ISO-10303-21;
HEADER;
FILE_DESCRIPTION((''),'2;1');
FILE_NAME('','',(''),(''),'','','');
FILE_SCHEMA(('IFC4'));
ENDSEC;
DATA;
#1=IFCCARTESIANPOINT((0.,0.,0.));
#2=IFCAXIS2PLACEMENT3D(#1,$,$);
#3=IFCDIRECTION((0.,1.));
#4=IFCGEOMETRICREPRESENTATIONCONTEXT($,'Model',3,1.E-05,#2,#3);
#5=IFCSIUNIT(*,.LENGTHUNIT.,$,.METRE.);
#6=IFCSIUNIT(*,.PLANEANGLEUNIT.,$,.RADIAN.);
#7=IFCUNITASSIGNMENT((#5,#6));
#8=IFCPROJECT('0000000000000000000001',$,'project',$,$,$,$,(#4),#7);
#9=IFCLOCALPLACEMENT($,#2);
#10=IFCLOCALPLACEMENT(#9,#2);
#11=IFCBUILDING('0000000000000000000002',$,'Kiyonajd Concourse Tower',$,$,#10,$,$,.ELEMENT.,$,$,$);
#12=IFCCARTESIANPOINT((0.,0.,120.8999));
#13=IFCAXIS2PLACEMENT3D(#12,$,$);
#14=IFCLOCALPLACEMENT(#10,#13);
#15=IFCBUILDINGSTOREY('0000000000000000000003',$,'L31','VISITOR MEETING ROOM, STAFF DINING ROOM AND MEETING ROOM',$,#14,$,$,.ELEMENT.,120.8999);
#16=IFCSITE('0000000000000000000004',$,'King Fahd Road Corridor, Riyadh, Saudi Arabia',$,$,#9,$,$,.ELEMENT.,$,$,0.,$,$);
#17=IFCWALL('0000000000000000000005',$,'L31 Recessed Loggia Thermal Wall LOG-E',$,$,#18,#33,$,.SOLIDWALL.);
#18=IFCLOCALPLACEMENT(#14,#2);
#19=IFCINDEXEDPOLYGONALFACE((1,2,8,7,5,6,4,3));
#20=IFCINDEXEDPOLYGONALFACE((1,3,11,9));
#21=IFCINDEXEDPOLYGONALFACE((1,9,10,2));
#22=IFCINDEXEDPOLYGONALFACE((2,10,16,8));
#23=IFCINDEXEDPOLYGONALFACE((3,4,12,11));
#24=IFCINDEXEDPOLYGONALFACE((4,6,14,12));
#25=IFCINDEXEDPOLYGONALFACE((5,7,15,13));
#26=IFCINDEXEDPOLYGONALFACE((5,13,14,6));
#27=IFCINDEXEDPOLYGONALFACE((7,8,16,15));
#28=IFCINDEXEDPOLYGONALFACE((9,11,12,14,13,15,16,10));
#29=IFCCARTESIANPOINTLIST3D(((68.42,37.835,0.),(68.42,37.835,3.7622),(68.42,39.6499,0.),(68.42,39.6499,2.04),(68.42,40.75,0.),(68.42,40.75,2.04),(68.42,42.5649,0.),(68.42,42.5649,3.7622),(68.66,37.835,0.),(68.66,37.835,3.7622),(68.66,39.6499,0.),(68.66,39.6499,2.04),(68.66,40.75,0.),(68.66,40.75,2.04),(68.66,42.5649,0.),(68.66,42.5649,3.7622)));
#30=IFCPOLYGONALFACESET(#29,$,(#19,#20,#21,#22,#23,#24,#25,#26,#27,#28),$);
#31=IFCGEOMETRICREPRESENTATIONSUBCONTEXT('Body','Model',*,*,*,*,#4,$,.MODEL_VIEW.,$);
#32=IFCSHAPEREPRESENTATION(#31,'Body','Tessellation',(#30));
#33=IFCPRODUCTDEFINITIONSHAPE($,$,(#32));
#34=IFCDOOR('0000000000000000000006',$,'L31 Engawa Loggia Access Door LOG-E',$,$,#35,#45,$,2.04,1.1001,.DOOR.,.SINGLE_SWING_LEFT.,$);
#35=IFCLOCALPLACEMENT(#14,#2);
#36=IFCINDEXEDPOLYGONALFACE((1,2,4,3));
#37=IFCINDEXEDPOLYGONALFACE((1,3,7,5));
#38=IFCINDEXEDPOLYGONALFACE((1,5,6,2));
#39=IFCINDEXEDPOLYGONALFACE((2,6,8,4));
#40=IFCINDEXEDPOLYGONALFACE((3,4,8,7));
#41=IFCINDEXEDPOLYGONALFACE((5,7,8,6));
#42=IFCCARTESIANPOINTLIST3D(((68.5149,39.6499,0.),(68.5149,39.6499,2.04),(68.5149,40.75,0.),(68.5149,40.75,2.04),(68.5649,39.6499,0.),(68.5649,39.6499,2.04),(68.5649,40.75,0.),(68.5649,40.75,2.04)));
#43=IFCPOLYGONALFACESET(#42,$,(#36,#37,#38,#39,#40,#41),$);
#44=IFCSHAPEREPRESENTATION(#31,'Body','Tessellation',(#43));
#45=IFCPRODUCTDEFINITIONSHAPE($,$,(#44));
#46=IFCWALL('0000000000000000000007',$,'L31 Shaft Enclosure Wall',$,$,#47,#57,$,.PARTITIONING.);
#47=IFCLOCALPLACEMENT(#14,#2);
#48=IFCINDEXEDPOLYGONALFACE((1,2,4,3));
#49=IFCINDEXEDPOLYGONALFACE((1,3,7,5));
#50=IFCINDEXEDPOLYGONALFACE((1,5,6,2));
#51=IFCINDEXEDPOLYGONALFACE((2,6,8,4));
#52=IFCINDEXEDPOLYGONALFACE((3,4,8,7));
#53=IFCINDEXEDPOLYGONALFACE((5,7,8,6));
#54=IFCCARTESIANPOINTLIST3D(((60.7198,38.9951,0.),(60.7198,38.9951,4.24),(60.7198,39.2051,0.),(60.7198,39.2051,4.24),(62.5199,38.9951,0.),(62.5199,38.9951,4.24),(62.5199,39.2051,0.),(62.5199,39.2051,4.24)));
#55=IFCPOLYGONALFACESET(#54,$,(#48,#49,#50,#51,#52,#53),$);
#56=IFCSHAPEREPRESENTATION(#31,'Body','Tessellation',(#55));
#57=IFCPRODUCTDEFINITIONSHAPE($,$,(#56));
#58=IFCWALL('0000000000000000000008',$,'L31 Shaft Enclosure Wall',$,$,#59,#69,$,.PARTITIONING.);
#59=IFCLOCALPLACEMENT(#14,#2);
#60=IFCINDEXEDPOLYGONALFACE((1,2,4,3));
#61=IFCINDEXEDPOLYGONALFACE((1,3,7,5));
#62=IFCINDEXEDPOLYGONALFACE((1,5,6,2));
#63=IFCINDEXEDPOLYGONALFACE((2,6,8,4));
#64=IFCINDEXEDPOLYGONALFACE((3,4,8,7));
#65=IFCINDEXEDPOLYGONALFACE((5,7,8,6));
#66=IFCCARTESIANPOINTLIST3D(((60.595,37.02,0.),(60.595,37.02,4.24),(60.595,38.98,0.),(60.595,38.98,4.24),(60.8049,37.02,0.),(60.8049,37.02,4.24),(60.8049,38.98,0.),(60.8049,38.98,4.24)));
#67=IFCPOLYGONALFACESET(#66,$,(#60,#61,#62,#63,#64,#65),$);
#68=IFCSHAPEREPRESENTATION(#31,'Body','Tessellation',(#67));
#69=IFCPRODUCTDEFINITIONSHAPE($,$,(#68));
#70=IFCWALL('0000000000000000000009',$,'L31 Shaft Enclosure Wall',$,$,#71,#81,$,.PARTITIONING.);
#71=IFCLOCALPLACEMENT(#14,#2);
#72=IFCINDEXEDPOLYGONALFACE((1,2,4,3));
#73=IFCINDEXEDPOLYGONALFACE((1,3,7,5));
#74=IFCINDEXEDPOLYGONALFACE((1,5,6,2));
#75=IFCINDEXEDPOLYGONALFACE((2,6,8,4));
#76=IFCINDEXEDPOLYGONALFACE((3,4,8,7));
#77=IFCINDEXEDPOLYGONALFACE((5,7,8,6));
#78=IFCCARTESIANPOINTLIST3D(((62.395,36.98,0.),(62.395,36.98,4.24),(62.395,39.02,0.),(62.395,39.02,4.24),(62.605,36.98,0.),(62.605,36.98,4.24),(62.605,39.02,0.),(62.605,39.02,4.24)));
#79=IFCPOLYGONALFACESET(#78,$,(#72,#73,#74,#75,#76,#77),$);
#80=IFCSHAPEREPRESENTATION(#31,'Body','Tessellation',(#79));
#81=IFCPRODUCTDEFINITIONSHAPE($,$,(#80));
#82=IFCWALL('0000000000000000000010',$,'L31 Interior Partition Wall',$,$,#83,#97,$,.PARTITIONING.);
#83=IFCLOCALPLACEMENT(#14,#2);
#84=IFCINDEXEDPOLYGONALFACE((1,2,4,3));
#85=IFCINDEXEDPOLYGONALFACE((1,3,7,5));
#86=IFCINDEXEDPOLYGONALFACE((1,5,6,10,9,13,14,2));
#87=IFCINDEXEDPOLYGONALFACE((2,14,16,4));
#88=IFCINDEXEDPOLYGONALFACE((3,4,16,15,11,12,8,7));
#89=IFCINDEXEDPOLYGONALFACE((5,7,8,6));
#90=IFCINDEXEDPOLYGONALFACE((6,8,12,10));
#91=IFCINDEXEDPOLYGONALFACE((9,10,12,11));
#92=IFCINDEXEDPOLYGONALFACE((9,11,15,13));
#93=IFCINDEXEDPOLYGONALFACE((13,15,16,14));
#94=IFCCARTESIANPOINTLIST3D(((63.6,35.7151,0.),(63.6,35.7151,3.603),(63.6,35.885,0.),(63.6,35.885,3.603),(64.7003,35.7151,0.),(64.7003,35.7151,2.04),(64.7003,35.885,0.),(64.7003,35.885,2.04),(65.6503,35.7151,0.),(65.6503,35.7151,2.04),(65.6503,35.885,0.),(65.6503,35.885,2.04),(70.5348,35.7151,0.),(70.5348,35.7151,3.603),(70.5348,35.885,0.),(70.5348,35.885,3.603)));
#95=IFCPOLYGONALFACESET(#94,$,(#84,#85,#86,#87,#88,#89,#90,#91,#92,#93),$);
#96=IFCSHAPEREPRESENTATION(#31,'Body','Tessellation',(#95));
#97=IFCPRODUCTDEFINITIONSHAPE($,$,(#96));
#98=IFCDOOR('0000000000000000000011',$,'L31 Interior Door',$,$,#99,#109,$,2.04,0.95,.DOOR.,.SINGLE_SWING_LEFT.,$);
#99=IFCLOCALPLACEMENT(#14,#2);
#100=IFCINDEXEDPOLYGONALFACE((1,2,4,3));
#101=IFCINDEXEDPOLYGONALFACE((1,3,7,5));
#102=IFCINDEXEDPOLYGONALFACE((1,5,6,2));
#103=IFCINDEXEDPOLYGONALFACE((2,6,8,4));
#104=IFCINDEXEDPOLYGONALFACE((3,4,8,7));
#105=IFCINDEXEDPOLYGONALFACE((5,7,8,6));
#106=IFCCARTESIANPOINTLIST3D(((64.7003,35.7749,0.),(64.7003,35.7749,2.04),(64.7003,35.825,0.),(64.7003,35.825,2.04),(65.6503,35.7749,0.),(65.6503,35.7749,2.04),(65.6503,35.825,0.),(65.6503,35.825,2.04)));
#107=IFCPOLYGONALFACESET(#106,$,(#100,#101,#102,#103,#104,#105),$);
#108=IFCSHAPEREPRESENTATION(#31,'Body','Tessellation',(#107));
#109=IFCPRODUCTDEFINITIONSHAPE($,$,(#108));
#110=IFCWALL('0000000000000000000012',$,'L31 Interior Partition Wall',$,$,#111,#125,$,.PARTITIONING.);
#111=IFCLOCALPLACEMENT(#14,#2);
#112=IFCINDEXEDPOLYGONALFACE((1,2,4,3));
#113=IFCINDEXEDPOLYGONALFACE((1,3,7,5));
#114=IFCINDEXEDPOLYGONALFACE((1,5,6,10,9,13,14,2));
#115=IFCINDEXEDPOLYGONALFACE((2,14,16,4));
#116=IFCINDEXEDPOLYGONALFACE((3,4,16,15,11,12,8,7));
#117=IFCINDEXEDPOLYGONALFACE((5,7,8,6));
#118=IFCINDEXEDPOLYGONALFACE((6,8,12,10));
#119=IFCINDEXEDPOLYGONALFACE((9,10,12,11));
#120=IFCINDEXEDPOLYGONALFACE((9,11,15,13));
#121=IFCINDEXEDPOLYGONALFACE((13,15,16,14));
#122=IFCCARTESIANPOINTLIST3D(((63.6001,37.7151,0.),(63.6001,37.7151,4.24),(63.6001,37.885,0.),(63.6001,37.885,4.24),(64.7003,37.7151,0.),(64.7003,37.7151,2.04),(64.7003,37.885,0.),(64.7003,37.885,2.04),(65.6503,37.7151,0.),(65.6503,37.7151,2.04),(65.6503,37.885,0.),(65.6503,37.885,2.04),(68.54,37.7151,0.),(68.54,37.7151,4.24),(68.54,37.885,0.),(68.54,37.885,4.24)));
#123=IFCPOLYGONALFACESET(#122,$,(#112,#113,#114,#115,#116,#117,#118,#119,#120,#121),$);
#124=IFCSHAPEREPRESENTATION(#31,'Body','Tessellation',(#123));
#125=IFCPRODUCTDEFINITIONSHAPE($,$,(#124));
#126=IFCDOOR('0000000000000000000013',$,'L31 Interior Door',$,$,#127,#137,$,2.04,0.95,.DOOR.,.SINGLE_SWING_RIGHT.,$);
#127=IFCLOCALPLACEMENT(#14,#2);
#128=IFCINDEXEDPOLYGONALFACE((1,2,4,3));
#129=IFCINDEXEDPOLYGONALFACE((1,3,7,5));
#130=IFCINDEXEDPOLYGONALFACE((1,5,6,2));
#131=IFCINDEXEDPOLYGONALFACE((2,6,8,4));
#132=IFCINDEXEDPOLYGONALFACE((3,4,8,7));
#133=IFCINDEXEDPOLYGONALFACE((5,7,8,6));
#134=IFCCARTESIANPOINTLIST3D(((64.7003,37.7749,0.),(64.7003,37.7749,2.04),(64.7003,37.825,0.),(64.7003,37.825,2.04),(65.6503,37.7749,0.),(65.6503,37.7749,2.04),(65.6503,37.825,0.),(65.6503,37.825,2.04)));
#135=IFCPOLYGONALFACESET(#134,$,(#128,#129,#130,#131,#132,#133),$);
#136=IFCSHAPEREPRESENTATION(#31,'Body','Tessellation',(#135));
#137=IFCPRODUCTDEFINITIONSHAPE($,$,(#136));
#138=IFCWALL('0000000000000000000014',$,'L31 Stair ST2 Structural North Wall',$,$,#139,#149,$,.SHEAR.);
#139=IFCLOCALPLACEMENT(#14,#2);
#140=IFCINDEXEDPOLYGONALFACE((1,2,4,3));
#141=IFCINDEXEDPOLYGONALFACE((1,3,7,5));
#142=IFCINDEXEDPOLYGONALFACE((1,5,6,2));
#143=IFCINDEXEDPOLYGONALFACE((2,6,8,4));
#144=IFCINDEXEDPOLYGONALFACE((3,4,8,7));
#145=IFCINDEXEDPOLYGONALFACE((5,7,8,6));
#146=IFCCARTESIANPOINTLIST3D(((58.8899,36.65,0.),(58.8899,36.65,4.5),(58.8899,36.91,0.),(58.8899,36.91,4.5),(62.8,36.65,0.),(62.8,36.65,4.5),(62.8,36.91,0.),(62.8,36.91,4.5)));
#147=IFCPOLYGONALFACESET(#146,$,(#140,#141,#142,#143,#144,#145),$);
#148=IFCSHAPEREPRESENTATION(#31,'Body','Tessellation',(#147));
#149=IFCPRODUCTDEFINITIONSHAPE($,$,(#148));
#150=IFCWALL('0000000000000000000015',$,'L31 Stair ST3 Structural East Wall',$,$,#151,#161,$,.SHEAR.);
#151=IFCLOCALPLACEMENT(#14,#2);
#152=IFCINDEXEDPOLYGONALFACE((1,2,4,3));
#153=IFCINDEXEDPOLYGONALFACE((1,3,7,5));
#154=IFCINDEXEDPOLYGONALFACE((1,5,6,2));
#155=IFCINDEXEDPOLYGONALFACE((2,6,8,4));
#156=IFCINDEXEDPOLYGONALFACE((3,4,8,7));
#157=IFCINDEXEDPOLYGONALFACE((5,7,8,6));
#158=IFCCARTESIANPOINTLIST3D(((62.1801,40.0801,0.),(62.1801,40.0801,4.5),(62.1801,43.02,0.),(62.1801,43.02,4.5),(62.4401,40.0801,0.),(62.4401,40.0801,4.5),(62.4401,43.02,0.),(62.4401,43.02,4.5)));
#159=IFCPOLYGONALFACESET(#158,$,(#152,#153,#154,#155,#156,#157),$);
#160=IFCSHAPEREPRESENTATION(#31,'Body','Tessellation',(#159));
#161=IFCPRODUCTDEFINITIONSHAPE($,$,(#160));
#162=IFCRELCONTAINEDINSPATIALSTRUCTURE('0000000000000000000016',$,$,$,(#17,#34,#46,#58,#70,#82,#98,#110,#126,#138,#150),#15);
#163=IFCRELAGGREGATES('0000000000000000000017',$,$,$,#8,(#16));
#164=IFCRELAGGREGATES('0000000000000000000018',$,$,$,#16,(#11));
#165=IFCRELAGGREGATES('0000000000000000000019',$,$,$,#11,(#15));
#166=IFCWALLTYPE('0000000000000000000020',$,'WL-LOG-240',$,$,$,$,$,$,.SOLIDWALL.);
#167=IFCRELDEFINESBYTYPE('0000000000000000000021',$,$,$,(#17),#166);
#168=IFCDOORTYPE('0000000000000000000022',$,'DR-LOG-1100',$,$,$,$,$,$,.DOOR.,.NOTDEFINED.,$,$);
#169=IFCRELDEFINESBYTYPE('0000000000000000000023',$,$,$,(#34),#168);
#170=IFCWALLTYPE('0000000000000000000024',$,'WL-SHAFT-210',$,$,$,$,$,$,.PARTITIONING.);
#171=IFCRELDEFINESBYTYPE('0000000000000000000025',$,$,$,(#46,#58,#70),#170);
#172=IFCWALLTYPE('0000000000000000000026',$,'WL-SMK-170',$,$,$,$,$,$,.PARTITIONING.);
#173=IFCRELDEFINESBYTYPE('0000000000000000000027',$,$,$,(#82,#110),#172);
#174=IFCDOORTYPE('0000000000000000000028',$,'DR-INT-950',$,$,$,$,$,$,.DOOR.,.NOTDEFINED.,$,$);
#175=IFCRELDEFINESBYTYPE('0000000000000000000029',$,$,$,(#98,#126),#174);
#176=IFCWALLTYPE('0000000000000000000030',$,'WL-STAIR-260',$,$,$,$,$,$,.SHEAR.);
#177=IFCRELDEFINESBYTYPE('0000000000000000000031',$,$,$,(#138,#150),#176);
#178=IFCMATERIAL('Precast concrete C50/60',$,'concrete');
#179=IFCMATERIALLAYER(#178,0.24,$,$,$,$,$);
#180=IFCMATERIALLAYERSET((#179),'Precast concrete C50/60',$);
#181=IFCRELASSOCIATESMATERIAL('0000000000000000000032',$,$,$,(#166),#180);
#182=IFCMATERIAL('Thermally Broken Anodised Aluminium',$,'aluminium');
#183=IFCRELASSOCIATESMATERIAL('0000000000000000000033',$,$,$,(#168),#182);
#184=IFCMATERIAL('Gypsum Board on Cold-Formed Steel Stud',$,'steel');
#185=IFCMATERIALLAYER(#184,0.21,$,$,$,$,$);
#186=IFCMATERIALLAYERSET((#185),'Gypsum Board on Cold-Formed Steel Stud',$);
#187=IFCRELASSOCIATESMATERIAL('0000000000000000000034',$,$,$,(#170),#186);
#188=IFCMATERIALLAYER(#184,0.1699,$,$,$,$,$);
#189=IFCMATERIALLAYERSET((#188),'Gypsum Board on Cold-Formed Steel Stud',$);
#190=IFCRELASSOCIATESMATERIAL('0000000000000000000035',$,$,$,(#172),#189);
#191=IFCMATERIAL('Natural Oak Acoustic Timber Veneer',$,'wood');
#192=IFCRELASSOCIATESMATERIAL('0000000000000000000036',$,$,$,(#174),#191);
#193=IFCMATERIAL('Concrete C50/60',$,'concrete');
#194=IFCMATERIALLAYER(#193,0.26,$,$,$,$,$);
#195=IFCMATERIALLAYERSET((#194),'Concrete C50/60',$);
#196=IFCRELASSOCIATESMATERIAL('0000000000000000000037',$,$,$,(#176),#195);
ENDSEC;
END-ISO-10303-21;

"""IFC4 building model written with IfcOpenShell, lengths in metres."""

from ifc_helpers import new_model, si_unit, direction, frame, frame_2d, origin, place, context, subcontext, project, spatial, rectangle, extrude, material, layer, layer_set, type_object, element, fill, save


model = new_model("IFC4")

# Units and contexts
model_context = context("Model", 3, precision=1e-05, world=origin(), true_north=direction((0.0, 1.0)))
body_context = subcontext(model_context, "Body", "Model", "MODEL_VIEW")
ifc_project = project(units=[si_unit("LENGTHUNIT", "METRE"), si_unit("PLANEANGLEUNIT", "RADIAN")], contexts=[model_context])

# Site, building, storey
site_placement = place(None, origin())
site = spatial("IfcSite", under=ifc_project, at=site_placement, Name="King Fahd Road Corridor, Riyadh, Saudi Arabia", CompositionType="ELEMENT", RefElevation=0.0)
building_placement = place(site_placement, origin())
building = spatial("IfcBuilding", under=site, at=building_placement, Name="Kiyonajd Concourse Tower", CompositionType="ELEMENT")
storey_placement = place(building_placement, frame((0.0, 0.0, 120.8999)))
storey = spatial("IfcBuildingStorey", under=building, at=storey_placement, Name="L31", Description="VISITOR MEETING ROOM, STAFF DINING ROOM AND MEETING ROOM", CompositionType="ELEMENT", Elevation=120.8999)

# Shared definitions
ifc_material_1 = material(Name="Precast concrete C50/60", Category="concrete")

# Shared definitions
ifc_material_2 = material(Name="Thermally Broken Anodised Aluminium", Category="aluminium")

# Wall, opening, door
ifc_layer_1 = layer(ifc_material_1, 0.24)
ifc_layer_set_1 = layer_set([ifc_layer_1], Name="Precast concrete C50/60")
wall_type_1 = type_object("IfcWallType", Name="WL-LOG-240", PredefinedType="SOLIDWALL", material=ifc_layer_set_1)
wall_1_placement = place(storey_placement, frame((68.54, 42.5649, 0.0), z_axis=(0.0, 0.0, 1.0), x_axis=(0.0, -1.0, 0.0)))
wall_1 = element("IfcWall", 1, at=wall_1_placement, inside=storey, type_object=wall_type_1, Name="L31 Recessed Loggia Thermal Wall LOG-E", PredefinedType="SOLIDWALL", context=body_context, shape_type="SweptSolid", body=[
    extrude(rectangle(XDim=4.73, YDim=0.24, at=frame_2d((2.365, 0.0))), origin(), (0.0, 0.0, 1.0), 3.7622),
])
opening_1_placement = place(wall_1_placement, frame((1.8149, 0.0, 0.0)))
opening_1 = element("IfcOpeningElement", 2, at=opening_1_placement, cuts=wall_1, PredefinedType="OPENING", context=body_context, shape_type="SweptSolid", body=[
    extrude(rectangle(XDim=1.1001, YDim=2.04, at=frame_2d((0.55, 1.02))), frame((0.0, 0.1299, 0.0), z_axis=(0.0, -1.0, 0.0), x_axis=(1.0, 0.0, 0.0)), (0.0, 0.0, 1.0), 0.26),
])
door_type_1 = type_object("IfcDoorType", Name="DR-LOG-1100", OperationType="NOTDEFINED", PredefinedType="DOOR", material=ifc_material_2)
door_1_placement = place(opening_1_placement, origin())
door_1 = element("IfcDoor", 3, at=door_1_placement, inside=storey, type_object=door_type_1, Name="L31 Engawa Loggia Access Door LOG-E", OperationType="SINGLE_SWING_LEFT", OverallHeight=2.04, OverallWidth=1.1001, PredefinedType="DOOR", context=body_context, shape_type="SweptSolid", body=[
    extrude(rectangle(XDim=1.1001, YDim=2.04, at=frame_2d((0.55, 1.02))), frame((0.0, 0.0249, 0.0), z_axis=(0.0, -1.0, 0.0), x_axis=(1.0, 0.0, 0.0)), (0.0, 0.0, 1.0), 0.05),
])
fill(opening_1, door_1)

# Walls
ifc_material_3 = material(Name="Gypsum Board on Cold-Formed Steel Stud", Category="steel")
ifc_layer_2 = layer(ifc_material_3, 0.21)
ifc_layer_set_2 = layer_set([ifc_layer_2], Name="Gypsum Board on Cold-Formed Steel Stud")
wall_type_2 = type_object("IfcWallType", Name="WL-SHAFT-210", PredefinedType="PARTITIONING", material=ifc_layer_set_2)
wall_2_placement = place(storey_placement, frame((60.72, 39.1001, 0.0), z_axis=(0.0, 0.0, 1.0), x_axis=(1.0, 0.0, 0.0)))
element("IfcWall", 4, at=wall_2_placement, inside=storey, type_object=wall_type_2, Name="L31 Shaft Enclosure Wall", PredefinedType="PARTITIONING", context=body_context, shape_type="SweptSolid", body=[
    extrude(rectangle(XDim=1.8, YDim=0.21, at=frame_2d((0.8999, 0.0))), origin(), (0.0, 0.0, 1.0), 4.24),
])
wall_3_placement = place(storey_placement, frame((60.7, 37.02, 0.0), z_axis=(0.0, 0.0, 1.0), x_axis=(0.0, 1.0, 0.0)))
element("IfcWall", 5, at=wall_3_placement, inside=storey, type_object=wall_type_2, Name="L31 Shaft Enclosure Wall", PredefinedType="PARTITIONING", context=body_context, shape_type="SweptSolid", body=[
    extrude(rectangle(XDim=1.96, YDim=0.21, at=frame_2d((0.98, 0.0))), origin(), (0.0, 0.0, 1.0), 4.24),
])
wall_4_placement = place(storey_placement, frame((62.5, 36.98, 0.0), z_axis=(0.0, 0.0, 1.0), x_axis=(0.0, 1.0, 0.0)))
element("IfcWall", 6, at=wall_4_placement, inside=storey, type_object=wall_type_2, Name="L31 Shaft Enclosure Wall", PredefinedType="PARTITIONING", context=body_context, shape_type="SweptSolid", body=[
    extrude(rectangle(XDim=2.04, YDim=0.21, at=frame_2d((1.02, 0.0))), origin(), (0.0, 0.0, 1.0), 4.24),
])

# Walls, openings, doors
ifc_layer_3 = layer(ifc_material_3, 0.1699)
ifc_layer_set_3 = layer_set([ifc_layer_3], Name="Gypsum Board on Cold-Formed Steel Stud")
wall_type_3 = type_object("IfcWallType", Name="WL-SMK-170", PredefinedType="PARTITIONING", material=ifc_layer_set_3)
wall_5_placement = place(storey_placement, frame((63.6001, 35.8, 0.0), z_axis=(0.0, 0.0, 1.0), x_axis=(1.0, 0.0, 0.0)))
wall_5 = element("IfcWall", 7, at=wall_5_placement, inside=storey, type_object=wall_type_3, Name="L31 Interior Partition Wall", PredefinedType="PARTITIONING", context=body_context, shape_type="SweptSolid", body=[
    extrude(rectangle(XDim=6.9348, YDim=0.1699, at=frame_2d((3.4673, 0.0))), origin(), (0.0, 0.0, 1.0), 3.603),
])
opening_2_placement = place(wall_5_placement, frame((1.1001, 0.0, 0.0)))
opening_2 = element("IfcOpeningElement", 8, at=opening_2_placement, cuts=wall_5, PredefinedType="OPENING", context=body_context, shape_type="SweptSolid", body=[
    extrude(rectangle(XDim=0.95, YDim=2.04, at=frame_2d((0.4751, 1.02))), frame((0.0, 0.095, 0.0), z_axis=(0.0, -1.0, 0.0), x_axis=(1.0, 0.0, 0.0)), (0.0, 0.0, 1.0), 0.1899),
])
ifc_material_4 = material(Name="Natural Oak Acoustic Timber Veneer", Category="wood")
door_type_2 = type_object("IfcDoorType", Name="DR-INT-950", OperationType="NOTDEFINED", PredefinedType="DOOR", material=ifc_material_4)
door_2_placement = place(opening_2_placement, origin())
door_2 = element("IfcDoor", 9, at=door_2_placement, inside=storey, type_object=door_type_2, Name="L31 Interior Door", OperationType="SINGLE_SWING_LEFT", OverallHeight=2.04, OverallWidth=0.95, PredefinedType="DOOR", context=body_context, shape_type="SweptSolid", body=[
    extrude(rectangle(XDim=0.95, YDim=2.04, at=frame_2d((0.4751, 1.02))), frame((0.0, 0.0249, 0.0), z_axis=(0.0, -1.0, 0.0), x_axis=(1.0, 0.0, 0.0)), (0.0, 0.0, 1.0), 0.05),
])
fill(opening_2, door_2)
wall_6_placement = place(storey_placement, frame((63.6001, 37.8, 0.0), z_axis=(0.0, 0.0, 1.0), x_axis=(1.0, 0.0, 0.0)))
wall_6 = element("IfcWall", 10, at=wall_6_placement, inside=storey, type_object=wall_type_3, Name="L31 Interior Partition Wall", PredefinedType="PARTITIONING", context=body_context, shape_type="SweptSolid", body=[
    extrude(rectangle(XDim=4.9399, YDim=0.1699, at=frame_2d((2.47, 0.0))), origin(), (0.0, 0.0, 1.0), 4.24),
])
opening_3_placement = place(wall_6_placement, frame((1.1001, 0.0, 0.0)))
opening_3 = element("IfcOpeningElement", 11, at=opening_3_placement, cuts=wall_6, PredefinedType="OPENING", context=body_context, shape_type="SweptSolid", body=[
    extrude(rectangle(XDim=0.95, YDim=2.04, at=frame_2d((0.4751, 1.02))), frame((0.0, 0.095, 0.0), z_axis=(0.0, -1.0, 0.0), x_axis=(1.0, 0.0, 0.0)), (0.0, 0.0, 1.0), 0.1899),
])
door_3_placement = place(opening_3_placement, origin())
door_3 = element("IfcDoor", 12, at=door_3_placement, inside=storey, type_object=door_type_2, Name="L31 Interior Door", OperationType="SINGLE_SWING_RIGHT", OverallHeight=2.04, OverallWidth=0.95, PredefinedType="DOOR", context=body_context, shape_type="SweptSolid", body=[
    extrude(rectangle(XDim=0.95, YDim=2.04, at=frame_2d((0.4751, 1.02))), frame((0.0, 0.0249, 0.0), z_axis=(0.0, -1.0, 0.0), x_axis=(1.0, 0.0, 0.0)), (0.0, 0.0, 1.0), 0.05),
])
fill(opening_3, door_3)

# Walls
ifc_material_5 = material(Name="Concrete C50/60", Category="concrete")
ifc_layer_4 = layer(ifc_material_5, 0.26)
ifc_layer_set_4 = layer_set([ifc_layer_4], Name="Concrete C50/60")
wall_type_4 = type_object("IfcWallType", Name="WL-STAIR-260", PredefinedType="SHEAR", material=ifc_layer_set_4)
wall_7_placement = place(storey_placement, frame((58.8899, 36.78, 0.0), z_axis=(0.0, 0.0, 1.0), x_axis=(1.0, 0.0, 0.0)))
element("IfcWall", 13, at=wall_7_placement, inside=storey, type_object=wall_type_4, Name="L31 Stair ST2 Structural North Wall", PredefinedType="SHEAR", context=body_context, shape_type="SweptSolid", body=[
    extrude(rectangle(XDim=3.9102, YDim=0.26, at=frame_2d((1.9551, 0.0))), origin(), (0.0, 0.0, 1.0), 4.5),
])
wall_8_placement = place(storey_placement, frame((62.3101, 40.0801, 0.0), z_axis=(0.0, 0.0, 1.0), x_axis=(0.0, 1.0, 0.0)))
element("IfcWall", 14, at=wall_8_placement, inside=storey, type_object=wall_type_4, Name="L31 Stair ST3 Structural East Wall", PredefinedType="SHEAR", context=body_context, shape_type="SweptSolid", body=[
    extrude(rectangle(XDim=2.9399, YDim=0.26, at=frame_2d((1.47, 0.0))), origin(), (0.0, 0.0, 1.0), 4.5),
])

save(model, "model.ifc")
